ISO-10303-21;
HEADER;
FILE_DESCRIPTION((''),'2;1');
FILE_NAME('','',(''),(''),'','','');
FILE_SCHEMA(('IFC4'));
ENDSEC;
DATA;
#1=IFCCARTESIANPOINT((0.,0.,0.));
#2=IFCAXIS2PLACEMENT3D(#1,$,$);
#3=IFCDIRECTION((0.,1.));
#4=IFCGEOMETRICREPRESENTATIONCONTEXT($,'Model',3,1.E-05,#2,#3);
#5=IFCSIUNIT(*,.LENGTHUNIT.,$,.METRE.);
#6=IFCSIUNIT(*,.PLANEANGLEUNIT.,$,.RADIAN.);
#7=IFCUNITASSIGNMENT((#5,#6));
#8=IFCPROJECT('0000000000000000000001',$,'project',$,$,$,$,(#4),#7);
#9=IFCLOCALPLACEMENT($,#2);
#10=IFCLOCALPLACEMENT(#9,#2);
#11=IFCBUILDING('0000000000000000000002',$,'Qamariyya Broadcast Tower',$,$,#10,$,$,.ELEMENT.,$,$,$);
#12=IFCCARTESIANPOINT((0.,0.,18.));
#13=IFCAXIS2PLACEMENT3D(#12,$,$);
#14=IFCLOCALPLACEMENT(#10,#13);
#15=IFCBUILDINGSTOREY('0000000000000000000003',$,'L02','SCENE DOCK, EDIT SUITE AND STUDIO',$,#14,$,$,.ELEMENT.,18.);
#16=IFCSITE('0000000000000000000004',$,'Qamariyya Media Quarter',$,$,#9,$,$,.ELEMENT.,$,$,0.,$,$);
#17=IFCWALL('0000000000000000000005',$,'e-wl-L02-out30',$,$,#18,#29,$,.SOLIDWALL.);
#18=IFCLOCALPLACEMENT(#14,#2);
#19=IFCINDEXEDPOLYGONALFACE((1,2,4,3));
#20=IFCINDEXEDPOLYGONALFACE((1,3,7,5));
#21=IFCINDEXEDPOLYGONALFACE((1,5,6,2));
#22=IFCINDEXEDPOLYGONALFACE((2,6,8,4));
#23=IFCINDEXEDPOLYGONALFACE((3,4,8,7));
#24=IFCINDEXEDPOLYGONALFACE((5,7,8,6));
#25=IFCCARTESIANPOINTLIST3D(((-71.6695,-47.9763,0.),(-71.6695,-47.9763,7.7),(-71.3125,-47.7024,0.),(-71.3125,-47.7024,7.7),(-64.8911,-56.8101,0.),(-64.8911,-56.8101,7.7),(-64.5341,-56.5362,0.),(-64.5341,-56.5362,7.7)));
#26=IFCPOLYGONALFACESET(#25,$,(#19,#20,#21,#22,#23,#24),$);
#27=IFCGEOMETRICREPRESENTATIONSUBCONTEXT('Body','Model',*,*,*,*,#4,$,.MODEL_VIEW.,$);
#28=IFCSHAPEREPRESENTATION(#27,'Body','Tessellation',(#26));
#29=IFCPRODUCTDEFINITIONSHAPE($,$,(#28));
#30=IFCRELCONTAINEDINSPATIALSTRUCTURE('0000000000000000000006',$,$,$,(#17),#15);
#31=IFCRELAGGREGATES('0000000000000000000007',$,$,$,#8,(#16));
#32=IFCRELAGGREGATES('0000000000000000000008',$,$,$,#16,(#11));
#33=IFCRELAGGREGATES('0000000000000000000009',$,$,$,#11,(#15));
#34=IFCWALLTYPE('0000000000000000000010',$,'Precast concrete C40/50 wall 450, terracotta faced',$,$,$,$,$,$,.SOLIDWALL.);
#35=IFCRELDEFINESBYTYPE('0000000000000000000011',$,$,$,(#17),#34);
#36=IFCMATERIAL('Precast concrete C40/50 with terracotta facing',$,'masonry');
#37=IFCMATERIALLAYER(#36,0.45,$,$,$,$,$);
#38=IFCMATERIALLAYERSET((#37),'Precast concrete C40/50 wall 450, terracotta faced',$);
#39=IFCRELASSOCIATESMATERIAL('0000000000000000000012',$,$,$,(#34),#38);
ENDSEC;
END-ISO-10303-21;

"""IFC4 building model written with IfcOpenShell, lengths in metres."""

from ifc_helpers import new_model, si_unit, direction, frame, frame_2d, origin, place, context, subcontext, project, spatial, rectangle, extrude, material, layer, layer_set, type_object, element, save


model = new_model("IFC4")

# Units and contexts
model_context = context("Model", 3, precision=1e-05, world=origin(), true_north=direction((0.0, 1.0)))
body_context = subcontext(model_context, "Body", "Model", "MODEL_VIEW")
ifc_project = project(units=[si_unit("LENGTHUNIT", "METRE"), si_unit("PLANEANGLEUNIT", "RADIAN")], contexts=[model_context])

# Site, building, storey
site_placement = place(None, origin())
site = spatial("IfcSite", under=ifc_project, at=site_placement, Name="Qamariyya Media Quarter", CompositionType="ELEMENT", RefElevation=0.0)
building_placement = place(site_placement, origin())
building = spatial("IfcBuilding", under=site, at=building_placement, Name="Qamariyya Broadcast Tower", CompositionType="ELEMENT")
storey_placement = place(building_placement, frame((0.0, 0.0, 18.0)))
storey = spatial("IfcBuildingStorey", under=building, at=storey_placement, Name="L02", Description="SCENE DOCK, EDIT SUITE AND STUDIO", CompositionType="ELEMENT", Elevation=18.0)

# Wall
ifc_material_1 = material(Name="Precast concrete C40/50 with terracotta facing", Category="masonry")
ifc_layer_1 = layer(ifc_material_1, 0.45)
ifc_layer_set_1 = layer_set([ifc_layer_1], Name="Precast concrete C40/50 wall 450, terracotta faced")
wall_type_1 = type_object("IfcWallType", Name="Precast concrete C40/50 wall 450, terracotta faced", PredefinedType="SOLIDWALL", material=ifc_layer_set_1)
wall_1_placement = place(storey_placement, frame((-71.491, -47.8394, 0.0), z_axis=(0.0, 0.0, 1.0), x_axis=(0.608759, -0.793355, 0.0)))
element("IfcWall", 1, at=wall_1_placement, inside=storey, type_object=wall_type_1, Name="e-wl-L02-out30", PredefinedType="SOLIDWALL", context=body_context, shape_type="SweptSolid", body=[
    extrude(rectangle(XDim=11.1348, YDim=0.45, at=frame_2d((5.5674, 0.0))), origin(), (0.0, 0.0, 1.0), 7.7),
])

save(model, "model.ifc")
